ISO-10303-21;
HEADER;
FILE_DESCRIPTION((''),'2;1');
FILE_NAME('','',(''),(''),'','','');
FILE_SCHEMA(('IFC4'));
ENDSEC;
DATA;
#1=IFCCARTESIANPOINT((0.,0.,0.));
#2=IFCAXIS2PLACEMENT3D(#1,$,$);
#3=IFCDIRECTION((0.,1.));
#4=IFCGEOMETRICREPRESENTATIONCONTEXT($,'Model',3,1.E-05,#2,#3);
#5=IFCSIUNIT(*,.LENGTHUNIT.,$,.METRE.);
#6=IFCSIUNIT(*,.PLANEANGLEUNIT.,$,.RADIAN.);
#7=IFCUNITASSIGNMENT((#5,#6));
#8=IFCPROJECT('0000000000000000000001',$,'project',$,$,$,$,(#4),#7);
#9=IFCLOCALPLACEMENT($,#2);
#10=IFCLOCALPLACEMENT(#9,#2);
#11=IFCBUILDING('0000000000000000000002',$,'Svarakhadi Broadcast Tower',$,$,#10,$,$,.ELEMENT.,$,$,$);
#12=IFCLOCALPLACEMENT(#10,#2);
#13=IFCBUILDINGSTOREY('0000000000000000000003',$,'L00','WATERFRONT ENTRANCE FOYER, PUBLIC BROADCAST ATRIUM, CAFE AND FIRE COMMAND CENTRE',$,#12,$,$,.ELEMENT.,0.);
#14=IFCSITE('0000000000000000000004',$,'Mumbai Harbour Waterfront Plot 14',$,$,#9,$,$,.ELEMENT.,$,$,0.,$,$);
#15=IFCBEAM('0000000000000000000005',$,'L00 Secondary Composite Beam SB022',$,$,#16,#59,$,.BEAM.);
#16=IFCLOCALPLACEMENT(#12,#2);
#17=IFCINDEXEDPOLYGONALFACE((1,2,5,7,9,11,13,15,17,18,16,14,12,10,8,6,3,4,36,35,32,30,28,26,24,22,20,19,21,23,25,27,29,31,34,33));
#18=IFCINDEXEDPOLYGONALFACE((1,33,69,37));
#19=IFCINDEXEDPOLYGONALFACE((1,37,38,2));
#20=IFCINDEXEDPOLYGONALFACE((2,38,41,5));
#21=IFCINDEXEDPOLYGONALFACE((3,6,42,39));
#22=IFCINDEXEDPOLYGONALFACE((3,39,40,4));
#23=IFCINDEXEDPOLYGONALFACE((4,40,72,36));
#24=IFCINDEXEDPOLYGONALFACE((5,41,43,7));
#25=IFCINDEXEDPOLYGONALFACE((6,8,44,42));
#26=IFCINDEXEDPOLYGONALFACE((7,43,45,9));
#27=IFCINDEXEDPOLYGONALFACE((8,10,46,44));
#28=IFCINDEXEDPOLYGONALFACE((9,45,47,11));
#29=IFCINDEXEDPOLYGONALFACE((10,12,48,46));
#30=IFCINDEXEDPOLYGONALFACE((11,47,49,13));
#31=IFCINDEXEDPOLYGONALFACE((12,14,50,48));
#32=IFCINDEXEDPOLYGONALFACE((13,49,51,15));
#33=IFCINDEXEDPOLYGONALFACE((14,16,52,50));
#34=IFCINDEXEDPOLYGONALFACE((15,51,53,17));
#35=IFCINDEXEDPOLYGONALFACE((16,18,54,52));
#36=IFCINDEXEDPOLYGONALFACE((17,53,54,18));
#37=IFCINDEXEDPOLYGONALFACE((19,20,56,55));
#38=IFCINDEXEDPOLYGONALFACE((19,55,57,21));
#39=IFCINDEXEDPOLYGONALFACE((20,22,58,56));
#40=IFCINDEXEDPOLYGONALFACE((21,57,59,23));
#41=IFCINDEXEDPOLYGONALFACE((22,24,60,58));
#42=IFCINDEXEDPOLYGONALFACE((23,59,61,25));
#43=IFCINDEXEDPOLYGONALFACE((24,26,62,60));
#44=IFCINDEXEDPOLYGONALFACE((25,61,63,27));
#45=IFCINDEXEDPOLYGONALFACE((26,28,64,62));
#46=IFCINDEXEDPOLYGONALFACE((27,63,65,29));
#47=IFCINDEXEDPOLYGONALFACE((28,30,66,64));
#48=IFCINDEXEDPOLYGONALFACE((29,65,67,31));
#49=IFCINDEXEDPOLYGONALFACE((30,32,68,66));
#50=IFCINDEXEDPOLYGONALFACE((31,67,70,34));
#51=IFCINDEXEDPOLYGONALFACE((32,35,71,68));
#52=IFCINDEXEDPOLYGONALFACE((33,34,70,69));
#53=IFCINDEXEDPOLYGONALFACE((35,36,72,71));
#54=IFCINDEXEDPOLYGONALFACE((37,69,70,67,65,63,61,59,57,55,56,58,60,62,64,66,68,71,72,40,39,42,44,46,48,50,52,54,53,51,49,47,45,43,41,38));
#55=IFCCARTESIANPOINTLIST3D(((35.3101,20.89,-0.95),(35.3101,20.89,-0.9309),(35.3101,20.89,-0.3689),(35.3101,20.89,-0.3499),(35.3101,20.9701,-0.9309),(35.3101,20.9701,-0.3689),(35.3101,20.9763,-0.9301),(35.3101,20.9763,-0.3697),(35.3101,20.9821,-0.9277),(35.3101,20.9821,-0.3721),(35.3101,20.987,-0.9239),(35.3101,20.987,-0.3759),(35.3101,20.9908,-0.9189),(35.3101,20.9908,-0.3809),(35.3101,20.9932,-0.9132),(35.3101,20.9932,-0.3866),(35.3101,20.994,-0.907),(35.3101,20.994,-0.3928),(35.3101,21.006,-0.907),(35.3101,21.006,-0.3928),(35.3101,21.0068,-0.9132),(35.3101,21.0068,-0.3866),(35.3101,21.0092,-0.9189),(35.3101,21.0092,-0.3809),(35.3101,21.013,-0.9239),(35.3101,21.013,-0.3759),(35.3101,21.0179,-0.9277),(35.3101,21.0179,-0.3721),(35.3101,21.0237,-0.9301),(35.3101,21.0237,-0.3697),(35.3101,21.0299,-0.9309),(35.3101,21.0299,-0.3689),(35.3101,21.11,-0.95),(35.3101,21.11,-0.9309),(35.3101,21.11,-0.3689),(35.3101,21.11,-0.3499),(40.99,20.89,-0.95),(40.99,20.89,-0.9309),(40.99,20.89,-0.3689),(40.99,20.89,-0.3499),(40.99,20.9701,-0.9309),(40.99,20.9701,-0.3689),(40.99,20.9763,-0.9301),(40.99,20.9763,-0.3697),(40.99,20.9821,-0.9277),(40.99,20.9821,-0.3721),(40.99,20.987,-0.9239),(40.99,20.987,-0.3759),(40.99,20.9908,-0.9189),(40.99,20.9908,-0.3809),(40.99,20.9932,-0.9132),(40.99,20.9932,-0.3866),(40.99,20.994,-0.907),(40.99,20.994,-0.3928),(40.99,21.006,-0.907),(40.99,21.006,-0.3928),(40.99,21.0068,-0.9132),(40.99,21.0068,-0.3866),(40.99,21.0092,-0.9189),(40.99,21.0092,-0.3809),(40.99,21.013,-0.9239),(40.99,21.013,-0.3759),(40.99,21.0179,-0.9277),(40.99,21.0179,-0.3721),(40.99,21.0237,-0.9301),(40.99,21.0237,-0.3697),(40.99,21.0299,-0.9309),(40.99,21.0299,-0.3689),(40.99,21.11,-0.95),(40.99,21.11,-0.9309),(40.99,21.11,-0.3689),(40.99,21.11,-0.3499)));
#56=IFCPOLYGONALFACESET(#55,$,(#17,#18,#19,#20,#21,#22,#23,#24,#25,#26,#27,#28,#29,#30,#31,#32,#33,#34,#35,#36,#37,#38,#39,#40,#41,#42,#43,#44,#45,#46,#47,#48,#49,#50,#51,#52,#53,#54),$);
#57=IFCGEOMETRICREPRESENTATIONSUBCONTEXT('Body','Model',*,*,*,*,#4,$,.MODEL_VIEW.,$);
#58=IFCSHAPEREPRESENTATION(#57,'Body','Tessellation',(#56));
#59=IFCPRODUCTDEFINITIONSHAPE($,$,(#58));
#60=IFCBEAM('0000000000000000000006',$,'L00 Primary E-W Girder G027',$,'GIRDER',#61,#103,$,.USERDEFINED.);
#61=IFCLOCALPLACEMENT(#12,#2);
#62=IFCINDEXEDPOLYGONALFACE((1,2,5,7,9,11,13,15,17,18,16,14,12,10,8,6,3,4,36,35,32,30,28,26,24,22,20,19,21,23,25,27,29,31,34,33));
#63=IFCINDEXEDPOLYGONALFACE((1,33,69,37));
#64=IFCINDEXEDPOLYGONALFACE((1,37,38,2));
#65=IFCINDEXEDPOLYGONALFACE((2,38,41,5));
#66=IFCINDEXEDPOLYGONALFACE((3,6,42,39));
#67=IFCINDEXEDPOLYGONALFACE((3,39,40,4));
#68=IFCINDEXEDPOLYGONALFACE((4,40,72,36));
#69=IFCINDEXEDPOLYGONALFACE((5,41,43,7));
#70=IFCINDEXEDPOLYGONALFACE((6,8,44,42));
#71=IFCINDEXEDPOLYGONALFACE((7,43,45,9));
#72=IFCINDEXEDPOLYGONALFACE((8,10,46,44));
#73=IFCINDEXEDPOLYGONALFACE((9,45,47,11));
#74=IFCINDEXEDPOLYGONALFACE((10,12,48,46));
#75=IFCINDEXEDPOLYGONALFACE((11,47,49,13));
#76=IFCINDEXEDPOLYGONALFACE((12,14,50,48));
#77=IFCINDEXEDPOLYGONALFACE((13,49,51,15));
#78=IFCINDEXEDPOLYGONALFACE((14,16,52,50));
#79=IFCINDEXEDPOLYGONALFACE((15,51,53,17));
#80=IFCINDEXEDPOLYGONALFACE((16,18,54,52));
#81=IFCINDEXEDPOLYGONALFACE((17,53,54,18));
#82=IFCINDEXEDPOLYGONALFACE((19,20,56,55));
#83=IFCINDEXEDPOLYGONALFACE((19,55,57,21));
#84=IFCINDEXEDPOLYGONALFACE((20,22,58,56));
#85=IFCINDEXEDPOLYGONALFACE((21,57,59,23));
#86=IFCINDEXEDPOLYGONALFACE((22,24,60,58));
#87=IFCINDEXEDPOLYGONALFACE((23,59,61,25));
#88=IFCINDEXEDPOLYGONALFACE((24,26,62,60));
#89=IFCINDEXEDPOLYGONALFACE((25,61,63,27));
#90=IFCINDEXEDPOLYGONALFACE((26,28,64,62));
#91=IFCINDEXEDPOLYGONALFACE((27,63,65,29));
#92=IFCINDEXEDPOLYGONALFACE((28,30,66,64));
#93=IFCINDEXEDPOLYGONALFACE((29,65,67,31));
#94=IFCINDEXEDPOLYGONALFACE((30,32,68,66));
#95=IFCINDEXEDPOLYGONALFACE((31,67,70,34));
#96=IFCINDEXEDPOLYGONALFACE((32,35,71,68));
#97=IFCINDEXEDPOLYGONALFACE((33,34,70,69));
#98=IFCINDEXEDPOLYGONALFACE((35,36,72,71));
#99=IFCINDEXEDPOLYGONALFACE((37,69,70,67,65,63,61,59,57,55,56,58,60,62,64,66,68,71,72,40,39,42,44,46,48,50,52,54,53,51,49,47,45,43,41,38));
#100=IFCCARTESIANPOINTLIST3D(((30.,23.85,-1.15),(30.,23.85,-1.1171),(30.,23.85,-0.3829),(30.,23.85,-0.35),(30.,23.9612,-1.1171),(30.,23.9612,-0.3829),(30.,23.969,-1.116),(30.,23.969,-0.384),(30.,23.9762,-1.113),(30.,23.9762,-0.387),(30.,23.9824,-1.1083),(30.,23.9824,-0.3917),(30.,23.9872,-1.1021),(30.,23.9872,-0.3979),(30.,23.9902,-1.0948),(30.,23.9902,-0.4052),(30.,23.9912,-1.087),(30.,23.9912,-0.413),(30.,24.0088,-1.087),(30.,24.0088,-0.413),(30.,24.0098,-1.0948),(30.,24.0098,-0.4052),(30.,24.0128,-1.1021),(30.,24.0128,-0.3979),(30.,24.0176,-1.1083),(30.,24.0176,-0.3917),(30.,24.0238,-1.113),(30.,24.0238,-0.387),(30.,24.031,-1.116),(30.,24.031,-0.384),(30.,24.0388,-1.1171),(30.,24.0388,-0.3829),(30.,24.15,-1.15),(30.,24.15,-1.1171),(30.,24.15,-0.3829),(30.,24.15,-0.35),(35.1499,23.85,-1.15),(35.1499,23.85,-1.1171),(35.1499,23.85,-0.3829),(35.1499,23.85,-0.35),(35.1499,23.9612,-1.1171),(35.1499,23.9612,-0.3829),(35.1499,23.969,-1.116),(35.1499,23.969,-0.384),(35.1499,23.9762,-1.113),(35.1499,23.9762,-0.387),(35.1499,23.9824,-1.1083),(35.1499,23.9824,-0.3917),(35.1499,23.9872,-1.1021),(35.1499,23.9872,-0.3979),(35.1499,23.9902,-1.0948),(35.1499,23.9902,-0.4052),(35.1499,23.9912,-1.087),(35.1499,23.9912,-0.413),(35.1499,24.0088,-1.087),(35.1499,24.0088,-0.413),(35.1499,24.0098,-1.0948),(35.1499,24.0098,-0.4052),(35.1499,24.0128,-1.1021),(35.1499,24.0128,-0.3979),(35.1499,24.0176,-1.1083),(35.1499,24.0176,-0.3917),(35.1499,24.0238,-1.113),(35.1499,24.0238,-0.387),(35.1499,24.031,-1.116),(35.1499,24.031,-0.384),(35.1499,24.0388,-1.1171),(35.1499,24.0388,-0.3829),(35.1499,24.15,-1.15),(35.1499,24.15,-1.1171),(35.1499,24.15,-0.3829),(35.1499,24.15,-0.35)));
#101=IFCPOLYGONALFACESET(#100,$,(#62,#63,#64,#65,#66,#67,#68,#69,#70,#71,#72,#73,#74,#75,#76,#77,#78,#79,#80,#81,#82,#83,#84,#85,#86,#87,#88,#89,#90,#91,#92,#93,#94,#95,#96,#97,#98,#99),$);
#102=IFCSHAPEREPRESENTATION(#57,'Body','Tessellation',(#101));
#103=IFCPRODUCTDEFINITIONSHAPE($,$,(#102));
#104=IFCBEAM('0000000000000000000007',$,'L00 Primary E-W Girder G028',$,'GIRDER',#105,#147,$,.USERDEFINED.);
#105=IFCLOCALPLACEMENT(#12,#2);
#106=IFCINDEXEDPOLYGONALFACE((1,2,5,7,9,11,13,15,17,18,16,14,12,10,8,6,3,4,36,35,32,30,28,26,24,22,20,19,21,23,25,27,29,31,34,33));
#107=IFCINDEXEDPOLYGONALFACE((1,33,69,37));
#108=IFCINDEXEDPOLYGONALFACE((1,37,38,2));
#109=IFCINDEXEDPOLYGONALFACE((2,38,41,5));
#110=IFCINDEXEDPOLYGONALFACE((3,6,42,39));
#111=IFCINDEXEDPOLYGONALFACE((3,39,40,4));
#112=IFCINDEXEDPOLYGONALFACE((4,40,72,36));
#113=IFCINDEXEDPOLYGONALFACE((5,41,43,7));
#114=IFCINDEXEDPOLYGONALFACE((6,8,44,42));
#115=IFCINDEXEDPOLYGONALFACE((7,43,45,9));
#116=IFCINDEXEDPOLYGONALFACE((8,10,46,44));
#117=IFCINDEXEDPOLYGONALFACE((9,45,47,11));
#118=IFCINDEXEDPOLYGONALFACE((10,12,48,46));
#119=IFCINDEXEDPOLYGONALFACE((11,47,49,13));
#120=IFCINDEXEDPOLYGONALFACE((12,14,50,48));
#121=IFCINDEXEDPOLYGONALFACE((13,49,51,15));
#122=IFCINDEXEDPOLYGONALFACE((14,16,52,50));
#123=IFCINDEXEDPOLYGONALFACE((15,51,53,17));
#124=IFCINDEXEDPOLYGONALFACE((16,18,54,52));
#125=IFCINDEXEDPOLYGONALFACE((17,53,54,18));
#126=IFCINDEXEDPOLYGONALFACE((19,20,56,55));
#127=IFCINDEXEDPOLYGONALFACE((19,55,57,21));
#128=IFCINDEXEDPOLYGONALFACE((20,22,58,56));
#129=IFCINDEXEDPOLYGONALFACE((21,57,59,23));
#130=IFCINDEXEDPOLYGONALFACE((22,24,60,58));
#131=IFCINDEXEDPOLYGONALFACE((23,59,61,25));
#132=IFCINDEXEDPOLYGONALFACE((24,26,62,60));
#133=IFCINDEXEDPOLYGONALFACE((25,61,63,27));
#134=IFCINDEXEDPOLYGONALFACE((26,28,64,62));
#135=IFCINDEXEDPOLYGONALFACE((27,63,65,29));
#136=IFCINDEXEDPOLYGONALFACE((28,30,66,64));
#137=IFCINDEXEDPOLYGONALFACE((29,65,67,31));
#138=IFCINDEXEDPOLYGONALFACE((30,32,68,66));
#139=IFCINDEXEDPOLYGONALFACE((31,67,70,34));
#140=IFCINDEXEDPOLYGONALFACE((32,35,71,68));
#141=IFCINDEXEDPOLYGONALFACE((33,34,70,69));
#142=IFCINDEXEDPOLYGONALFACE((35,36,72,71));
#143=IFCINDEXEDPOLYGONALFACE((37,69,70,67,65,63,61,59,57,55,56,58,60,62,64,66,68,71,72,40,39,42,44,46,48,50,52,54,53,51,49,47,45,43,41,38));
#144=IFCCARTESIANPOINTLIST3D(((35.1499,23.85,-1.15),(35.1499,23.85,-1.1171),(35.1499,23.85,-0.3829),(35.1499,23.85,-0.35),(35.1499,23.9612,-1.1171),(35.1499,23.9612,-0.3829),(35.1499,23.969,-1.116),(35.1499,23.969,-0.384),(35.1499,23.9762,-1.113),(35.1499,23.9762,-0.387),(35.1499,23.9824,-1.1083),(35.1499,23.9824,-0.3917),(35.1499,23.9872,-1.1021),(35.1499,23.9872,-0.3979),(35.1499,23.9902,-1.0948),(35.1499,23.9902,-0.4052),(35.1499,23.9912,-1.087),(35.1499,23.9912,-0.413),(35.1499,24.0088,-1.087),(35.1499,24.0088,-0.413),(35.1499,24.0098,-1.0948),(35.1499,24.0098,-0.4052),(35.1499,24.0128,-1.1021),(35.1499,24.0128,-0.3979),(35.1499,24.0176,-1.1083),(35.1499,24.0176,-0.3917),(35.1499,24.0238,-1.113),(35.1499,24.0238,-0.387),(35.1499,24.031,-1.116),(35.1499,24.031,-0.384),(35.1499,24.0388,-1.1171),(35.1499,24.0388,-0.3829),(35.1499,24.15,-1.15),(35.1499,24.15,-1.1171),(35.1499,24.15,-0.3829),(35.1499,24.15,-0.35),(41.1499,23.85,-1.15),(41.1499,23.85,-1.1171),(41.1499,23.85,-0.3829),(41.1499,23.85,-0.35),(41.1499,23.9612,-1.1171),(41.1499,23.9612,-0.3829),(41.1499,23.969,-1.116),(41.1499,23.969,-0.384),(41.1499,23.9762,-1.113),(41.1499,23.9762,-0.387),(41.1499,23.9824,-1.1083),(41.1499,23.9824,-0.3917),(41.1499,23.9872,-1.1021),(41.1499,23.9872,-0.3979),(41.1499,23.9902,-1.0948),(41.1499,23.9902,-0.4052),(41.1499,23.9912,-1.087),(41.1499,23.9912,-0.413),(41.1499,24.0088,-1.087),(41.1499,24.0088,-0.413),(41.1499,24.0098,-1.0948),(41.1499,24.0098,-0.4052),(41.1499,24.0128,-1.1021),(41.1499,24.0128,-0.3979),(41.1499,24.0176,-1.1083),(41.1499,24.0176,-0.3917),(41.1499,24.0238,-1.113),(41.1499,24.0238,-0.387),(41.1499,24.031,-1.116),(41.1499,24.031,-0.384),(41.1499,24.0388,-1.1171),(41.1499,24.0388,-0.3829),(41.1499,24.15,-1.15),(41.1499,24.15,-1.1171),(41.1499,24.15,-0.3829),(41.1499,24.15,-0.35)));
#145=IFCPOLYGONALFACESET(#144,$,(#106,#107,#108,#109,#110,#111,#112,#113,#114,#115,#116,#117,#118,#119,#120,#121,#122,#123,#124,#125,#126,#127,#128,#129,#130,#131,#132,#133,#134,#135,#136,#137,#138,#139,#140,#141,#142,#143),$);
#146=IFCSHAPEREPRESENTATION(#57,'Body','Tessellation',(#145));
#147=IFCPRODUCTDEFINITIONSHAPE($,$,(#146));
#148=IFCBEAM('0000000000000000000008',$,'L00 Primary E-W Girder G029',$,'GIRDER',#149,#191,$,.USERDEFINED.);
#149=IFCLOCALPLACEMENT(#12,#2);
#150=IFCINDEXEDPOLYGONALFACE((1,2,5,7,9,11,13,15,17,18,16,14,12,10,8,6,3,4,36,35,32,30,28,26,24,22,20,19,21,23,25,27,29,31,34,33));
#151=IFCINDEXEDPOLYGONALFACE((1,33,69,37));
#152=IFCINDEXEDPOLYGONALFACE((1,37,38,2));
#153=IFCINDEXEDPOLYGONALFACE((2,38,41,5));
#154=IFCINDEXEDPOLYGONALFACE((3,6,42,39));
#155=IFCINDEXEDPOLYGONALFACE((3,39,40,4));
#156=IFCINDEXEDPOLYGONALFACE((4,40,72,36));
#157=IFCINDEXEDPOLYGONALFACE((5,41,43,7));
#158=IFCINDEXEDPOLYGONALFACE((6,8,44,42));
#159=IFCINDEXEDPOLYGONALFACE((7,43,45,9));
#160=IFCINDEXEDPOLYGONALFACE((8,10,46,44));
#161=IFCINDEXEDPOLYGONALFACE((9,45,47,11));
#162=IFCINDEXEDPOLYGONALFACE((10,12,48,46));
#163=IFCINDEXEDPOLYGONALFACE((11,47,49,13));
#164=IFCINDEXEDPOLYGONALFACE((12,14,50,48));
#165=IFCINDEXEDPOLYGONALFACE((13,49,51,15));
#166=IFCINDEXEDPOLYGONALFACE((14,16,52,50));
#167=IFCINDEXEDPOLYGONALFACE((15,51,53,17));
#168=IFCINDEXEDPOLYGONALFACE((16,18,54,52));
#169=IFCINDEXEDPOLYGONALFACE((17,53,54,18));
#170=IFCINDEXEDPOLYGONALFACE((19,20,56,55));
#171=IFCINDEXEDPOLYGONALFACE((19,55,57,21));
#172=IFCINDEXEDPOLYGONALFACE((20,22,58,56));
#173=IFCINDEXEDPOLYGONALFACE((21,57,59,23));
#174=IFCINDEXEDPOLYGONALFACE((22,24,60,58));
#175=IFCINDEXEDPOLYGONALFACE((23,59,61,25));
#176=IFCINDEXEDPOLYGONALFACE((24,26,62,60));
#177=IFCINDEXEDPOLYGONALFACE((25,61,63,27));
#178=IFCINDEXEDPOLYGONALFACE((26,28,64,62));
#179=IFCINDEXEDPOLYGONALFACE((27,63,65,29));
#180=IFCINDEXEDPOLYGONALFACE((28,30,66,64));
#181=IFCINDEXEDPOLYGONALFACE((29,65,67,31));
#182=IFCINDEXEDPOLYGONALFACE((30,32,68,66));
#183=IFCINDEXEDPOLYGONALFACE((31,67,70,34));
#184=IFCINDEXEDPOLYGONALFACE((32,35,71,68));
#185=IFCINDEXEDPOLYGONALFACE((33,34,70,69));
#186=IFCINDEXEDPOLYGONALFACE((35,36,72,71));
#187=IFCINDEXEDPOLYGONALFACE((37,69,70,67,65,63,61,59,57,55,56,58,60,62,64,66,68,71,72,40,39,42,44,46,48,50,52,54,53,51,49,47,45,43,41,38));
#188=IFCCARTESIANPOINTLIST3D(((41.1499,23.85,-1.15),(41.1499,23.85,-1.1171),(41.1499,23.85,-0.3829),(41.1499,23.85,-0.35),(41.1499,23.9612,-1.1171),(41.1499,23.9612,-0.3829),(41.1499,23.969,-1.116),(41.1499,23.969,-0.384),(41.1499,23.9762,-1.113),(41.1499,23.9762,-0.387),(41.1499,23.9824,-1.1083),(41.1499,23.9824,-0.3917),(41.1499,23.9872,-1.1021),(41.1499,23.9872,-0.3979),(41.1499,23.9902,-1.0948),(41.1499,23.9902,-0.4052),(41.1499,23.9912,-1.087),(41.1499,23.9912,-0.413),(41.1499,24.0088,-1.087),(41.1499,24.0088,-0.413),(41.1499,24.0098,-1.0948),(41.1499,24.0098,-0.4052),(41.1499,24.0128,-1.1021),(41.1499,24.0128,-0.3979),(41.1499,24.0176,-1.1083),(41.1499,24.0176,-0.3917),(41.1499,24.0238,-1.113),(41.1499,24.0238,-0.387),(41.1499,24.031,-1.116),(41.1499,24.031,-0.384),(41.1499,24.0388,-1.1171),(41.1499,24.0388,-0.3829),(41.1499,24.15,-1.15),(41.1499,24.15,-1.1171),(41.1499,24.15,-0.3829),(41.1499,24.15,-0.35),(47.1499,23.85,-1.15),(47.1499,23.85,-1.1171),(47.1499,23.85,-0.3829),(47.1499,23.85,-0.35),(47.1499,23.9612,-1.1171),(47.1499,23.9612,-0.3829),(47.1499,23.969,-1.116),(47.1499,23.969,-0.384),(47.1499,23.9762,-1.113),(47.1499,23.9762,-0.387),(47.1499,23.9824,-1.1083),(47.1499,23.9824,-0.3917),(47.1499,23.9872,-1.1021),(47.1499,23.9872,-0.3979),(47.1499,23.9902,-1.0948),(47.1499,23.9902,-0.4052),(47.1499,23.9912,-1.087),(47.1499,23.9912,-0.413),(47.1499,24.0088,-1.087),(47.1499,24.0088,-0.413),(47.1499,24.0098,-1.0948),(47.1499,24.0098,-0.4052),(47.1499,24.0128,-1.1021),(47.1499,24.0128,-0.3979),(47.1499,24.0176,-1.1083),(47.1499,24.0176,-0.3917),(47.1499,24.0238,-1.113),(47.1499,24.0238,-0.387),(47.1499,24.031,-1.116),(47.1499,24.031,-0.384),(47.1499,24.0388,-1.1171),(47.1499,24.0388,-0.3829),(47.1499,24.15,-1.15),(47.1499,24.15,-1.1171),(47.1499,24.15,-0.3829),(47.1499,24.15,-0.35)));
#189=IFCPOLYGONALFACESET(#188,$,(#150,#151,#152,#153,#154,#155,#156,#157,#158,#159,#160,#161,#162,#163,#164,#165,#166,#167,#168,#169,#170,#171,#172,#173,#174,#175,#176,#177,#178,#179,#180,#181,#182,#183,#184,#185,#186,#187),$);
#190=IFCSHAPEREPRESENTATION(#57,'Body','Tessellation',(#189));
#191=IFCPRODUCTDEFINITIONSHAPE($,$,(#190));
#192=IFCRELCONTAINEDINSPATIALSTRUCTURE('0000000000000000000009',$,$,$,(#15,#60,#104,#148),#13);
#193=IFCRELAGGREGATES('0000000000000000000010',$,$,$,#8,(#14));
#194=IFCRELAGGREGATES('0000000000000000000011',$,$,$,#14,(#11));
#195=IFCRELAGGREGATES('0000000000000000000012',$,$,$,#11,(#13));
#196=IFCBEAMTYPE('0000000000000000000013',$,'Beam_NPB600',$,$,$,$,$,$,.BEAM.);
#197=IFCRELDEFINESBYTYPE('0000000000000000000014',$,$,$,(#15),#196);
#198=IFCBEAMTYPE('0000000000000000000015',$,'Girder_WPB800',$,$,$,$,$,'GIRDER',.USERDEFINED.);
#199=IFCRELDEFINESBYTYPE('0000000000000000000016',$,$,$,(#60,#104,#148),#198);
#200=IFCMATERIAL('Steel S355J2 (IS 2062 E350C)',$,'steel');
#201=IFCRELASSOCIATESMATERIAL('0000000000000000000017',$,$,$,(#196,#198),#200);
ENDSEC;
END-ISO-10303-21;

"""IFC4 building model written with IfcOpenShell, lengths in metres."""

from ifc_helpers import new_model, si_unit, direction, frame, origin, origin_2d, place, context, subcontext, project, spatial, i_section, extrude, material, material_profile, profile_set, type_object, element, save


model = new_model("IFC4")

# Units and contexts
model_context = context("Model", 3, precision=1e-05, world=origin(), true_north=direction((0.0, 1.0)))
body_context = subcontext(model_context, "Body", "Model", "MODEL_VIEW")
ifc_project = project(units=[si_unit("LENGTHUNIT", "METRE"), si_unit("PLANEANGLEUNIT", "RADIAN")], contexts=[model_context])

# Site, building, storey
site_placement = place(None, origin())
site = spatial("IfcSite", under=ifc_project, at=site_placement, Name="Mumbai Harbour Waterfront Plot 14", CompositionType="ELEMENT", RefElevation=0.0)
building_placement = place(site_placement, origin())
building = spatial("IfcBuilding", under=site, at=building_placement, Name="Svarakhadi Broadcast Tower", CompositionType="ELEMENT")
storey_placement = place(building_placement, origin())
storey = spatial("IfcBuildingStorey", under=building, at=storey_placement, Name="L00", Description="WATERFRONT ENTRANCE FOYER, PUBLIC BROADCAST ATRIUM, CAFE AND FIRE COMMAND CENTRE", CompositionType="ELEMENT", Elevation=0.0)

# Beams
ifc_material_1 = material(Name="Steel S355J2 (IS 2062 E350C)", Category="steel")
ifc_material_profile_1 = material_profile(ifc_material_1, i_section(OverallWidth=0.22, OverallDepth=0.6001, WebThickness=0.012, FlangeThickness=0.019, FilletRadius=0.0239, at=origin_2d()), Name="NPB 600x220x122")
ifc_profile_set_1 = profile_set([ifc_material_profile_1], Name="Steel S355J2 (IS 2062 E350C)")
beam_type_1 = type_object("IfcBeamType", Name="Beam_NPB600", PredefinedType="BEAM", material=ifc_profile_set_1)
beam_1_placement = place(storey_placement, frame((35.3101, 21.0, -0.6499), z_axis=(1.0, 0.0, 0.0), x_axis=(0.0, 1.0, 0.0)))
element("IfcBeam", 1, at=beam_1_placement, inside=storey, type_object=beam_type_1, Name="L00 Secondary Composite Beam SB022", PredefinedType="BEAM", context=body_context, shape_type="SweptSolid", body=[
    extrude(i_section(OverallWidth=0.22, OverallDepth=0.6001, WebThickness=0.012, FlangeThickness=0.019, FilletRadius=0.0239, at=origin_2d()), origin(), (0.0, 0.0, 1.0), 5.6799),
])
ifc_material_profile_2 = material_profile(ifc_material_1, i_section(OverallWidth=0.3, OverallDepth=0.8, WebThickness=0.0176, FlangeThickness=0.033, FilletRadius=0.03, at=origin_2d()), Name="WPB 800x300x262")
ifc_profile_set_2 = profile_set([ifc_material_profile_2], Name="Steel S355J2 (IS 2062 E350C)")
beam_type_2 = type_object("IfcBeamType", Name="Girder_WPB800", ElementType="GIRDER", PredefinedType="USERDEFINED", material=ifc_profile_set_2)
beam_2_placement = place(storey_placement, frame((30.0, 24.0, -0.75), z_axis=(1.0, 0.0, 0.0), x_axis=(0.0, 1.0, 0.0)))
element("IfcBeam", 2, at=beam_2_placement, inside=storey, type_object=beam_type_2, Name="L00 Primary E-W Girder G027", ObjectType="GIRDER", PredefinedType="USERDEFINED", context=body_context, shape_type="SweptSolid", body=[
    extrude(i_section(OverallWidth=0.3, OverallDepth=0.8, WebThickness=0.0176, FlangeThickness=0.033, FilletRadius=0.03, at=origin_2d()), origin(), (0.0, 0.0, 1.0), 5.1499),
])
for number, where, z_axis, x_axis, name in (
    (3, (35.1499, 24.0, -0.75), (1.0, 0.0, 0.0), (0.0, 1.0, 0.0), "L00 Primary E-W Girder G028"),
    (4, (41.1499, 24.0, -0.75), (1.0, 0.0, 0.0), (0.0, 1.0, 0.0), "L00 Primary E-W Girder G029"),
):
    element("IfcBeam", number, at=place(storey_placement, frame(where, z_axis=z_axis, x_axis=x_axis)), inside=storey, type_object=beam_type_2, Name=name, ObjectType="GIRDER", PredefinedType="USERDEFINED", context=body_context, shape_type="SweptSolid", body=[
        extrude(i_section(OverallWidth=0.3, OverallDepth=0.8, WebThickness=0.0176, FlangeThickness=0.033, FilletRadius=0.03, at=origin_2d()), origin(), (0.0, 0.0, 1.0), 6.0),
    ])

save(model, "model.ifc")
